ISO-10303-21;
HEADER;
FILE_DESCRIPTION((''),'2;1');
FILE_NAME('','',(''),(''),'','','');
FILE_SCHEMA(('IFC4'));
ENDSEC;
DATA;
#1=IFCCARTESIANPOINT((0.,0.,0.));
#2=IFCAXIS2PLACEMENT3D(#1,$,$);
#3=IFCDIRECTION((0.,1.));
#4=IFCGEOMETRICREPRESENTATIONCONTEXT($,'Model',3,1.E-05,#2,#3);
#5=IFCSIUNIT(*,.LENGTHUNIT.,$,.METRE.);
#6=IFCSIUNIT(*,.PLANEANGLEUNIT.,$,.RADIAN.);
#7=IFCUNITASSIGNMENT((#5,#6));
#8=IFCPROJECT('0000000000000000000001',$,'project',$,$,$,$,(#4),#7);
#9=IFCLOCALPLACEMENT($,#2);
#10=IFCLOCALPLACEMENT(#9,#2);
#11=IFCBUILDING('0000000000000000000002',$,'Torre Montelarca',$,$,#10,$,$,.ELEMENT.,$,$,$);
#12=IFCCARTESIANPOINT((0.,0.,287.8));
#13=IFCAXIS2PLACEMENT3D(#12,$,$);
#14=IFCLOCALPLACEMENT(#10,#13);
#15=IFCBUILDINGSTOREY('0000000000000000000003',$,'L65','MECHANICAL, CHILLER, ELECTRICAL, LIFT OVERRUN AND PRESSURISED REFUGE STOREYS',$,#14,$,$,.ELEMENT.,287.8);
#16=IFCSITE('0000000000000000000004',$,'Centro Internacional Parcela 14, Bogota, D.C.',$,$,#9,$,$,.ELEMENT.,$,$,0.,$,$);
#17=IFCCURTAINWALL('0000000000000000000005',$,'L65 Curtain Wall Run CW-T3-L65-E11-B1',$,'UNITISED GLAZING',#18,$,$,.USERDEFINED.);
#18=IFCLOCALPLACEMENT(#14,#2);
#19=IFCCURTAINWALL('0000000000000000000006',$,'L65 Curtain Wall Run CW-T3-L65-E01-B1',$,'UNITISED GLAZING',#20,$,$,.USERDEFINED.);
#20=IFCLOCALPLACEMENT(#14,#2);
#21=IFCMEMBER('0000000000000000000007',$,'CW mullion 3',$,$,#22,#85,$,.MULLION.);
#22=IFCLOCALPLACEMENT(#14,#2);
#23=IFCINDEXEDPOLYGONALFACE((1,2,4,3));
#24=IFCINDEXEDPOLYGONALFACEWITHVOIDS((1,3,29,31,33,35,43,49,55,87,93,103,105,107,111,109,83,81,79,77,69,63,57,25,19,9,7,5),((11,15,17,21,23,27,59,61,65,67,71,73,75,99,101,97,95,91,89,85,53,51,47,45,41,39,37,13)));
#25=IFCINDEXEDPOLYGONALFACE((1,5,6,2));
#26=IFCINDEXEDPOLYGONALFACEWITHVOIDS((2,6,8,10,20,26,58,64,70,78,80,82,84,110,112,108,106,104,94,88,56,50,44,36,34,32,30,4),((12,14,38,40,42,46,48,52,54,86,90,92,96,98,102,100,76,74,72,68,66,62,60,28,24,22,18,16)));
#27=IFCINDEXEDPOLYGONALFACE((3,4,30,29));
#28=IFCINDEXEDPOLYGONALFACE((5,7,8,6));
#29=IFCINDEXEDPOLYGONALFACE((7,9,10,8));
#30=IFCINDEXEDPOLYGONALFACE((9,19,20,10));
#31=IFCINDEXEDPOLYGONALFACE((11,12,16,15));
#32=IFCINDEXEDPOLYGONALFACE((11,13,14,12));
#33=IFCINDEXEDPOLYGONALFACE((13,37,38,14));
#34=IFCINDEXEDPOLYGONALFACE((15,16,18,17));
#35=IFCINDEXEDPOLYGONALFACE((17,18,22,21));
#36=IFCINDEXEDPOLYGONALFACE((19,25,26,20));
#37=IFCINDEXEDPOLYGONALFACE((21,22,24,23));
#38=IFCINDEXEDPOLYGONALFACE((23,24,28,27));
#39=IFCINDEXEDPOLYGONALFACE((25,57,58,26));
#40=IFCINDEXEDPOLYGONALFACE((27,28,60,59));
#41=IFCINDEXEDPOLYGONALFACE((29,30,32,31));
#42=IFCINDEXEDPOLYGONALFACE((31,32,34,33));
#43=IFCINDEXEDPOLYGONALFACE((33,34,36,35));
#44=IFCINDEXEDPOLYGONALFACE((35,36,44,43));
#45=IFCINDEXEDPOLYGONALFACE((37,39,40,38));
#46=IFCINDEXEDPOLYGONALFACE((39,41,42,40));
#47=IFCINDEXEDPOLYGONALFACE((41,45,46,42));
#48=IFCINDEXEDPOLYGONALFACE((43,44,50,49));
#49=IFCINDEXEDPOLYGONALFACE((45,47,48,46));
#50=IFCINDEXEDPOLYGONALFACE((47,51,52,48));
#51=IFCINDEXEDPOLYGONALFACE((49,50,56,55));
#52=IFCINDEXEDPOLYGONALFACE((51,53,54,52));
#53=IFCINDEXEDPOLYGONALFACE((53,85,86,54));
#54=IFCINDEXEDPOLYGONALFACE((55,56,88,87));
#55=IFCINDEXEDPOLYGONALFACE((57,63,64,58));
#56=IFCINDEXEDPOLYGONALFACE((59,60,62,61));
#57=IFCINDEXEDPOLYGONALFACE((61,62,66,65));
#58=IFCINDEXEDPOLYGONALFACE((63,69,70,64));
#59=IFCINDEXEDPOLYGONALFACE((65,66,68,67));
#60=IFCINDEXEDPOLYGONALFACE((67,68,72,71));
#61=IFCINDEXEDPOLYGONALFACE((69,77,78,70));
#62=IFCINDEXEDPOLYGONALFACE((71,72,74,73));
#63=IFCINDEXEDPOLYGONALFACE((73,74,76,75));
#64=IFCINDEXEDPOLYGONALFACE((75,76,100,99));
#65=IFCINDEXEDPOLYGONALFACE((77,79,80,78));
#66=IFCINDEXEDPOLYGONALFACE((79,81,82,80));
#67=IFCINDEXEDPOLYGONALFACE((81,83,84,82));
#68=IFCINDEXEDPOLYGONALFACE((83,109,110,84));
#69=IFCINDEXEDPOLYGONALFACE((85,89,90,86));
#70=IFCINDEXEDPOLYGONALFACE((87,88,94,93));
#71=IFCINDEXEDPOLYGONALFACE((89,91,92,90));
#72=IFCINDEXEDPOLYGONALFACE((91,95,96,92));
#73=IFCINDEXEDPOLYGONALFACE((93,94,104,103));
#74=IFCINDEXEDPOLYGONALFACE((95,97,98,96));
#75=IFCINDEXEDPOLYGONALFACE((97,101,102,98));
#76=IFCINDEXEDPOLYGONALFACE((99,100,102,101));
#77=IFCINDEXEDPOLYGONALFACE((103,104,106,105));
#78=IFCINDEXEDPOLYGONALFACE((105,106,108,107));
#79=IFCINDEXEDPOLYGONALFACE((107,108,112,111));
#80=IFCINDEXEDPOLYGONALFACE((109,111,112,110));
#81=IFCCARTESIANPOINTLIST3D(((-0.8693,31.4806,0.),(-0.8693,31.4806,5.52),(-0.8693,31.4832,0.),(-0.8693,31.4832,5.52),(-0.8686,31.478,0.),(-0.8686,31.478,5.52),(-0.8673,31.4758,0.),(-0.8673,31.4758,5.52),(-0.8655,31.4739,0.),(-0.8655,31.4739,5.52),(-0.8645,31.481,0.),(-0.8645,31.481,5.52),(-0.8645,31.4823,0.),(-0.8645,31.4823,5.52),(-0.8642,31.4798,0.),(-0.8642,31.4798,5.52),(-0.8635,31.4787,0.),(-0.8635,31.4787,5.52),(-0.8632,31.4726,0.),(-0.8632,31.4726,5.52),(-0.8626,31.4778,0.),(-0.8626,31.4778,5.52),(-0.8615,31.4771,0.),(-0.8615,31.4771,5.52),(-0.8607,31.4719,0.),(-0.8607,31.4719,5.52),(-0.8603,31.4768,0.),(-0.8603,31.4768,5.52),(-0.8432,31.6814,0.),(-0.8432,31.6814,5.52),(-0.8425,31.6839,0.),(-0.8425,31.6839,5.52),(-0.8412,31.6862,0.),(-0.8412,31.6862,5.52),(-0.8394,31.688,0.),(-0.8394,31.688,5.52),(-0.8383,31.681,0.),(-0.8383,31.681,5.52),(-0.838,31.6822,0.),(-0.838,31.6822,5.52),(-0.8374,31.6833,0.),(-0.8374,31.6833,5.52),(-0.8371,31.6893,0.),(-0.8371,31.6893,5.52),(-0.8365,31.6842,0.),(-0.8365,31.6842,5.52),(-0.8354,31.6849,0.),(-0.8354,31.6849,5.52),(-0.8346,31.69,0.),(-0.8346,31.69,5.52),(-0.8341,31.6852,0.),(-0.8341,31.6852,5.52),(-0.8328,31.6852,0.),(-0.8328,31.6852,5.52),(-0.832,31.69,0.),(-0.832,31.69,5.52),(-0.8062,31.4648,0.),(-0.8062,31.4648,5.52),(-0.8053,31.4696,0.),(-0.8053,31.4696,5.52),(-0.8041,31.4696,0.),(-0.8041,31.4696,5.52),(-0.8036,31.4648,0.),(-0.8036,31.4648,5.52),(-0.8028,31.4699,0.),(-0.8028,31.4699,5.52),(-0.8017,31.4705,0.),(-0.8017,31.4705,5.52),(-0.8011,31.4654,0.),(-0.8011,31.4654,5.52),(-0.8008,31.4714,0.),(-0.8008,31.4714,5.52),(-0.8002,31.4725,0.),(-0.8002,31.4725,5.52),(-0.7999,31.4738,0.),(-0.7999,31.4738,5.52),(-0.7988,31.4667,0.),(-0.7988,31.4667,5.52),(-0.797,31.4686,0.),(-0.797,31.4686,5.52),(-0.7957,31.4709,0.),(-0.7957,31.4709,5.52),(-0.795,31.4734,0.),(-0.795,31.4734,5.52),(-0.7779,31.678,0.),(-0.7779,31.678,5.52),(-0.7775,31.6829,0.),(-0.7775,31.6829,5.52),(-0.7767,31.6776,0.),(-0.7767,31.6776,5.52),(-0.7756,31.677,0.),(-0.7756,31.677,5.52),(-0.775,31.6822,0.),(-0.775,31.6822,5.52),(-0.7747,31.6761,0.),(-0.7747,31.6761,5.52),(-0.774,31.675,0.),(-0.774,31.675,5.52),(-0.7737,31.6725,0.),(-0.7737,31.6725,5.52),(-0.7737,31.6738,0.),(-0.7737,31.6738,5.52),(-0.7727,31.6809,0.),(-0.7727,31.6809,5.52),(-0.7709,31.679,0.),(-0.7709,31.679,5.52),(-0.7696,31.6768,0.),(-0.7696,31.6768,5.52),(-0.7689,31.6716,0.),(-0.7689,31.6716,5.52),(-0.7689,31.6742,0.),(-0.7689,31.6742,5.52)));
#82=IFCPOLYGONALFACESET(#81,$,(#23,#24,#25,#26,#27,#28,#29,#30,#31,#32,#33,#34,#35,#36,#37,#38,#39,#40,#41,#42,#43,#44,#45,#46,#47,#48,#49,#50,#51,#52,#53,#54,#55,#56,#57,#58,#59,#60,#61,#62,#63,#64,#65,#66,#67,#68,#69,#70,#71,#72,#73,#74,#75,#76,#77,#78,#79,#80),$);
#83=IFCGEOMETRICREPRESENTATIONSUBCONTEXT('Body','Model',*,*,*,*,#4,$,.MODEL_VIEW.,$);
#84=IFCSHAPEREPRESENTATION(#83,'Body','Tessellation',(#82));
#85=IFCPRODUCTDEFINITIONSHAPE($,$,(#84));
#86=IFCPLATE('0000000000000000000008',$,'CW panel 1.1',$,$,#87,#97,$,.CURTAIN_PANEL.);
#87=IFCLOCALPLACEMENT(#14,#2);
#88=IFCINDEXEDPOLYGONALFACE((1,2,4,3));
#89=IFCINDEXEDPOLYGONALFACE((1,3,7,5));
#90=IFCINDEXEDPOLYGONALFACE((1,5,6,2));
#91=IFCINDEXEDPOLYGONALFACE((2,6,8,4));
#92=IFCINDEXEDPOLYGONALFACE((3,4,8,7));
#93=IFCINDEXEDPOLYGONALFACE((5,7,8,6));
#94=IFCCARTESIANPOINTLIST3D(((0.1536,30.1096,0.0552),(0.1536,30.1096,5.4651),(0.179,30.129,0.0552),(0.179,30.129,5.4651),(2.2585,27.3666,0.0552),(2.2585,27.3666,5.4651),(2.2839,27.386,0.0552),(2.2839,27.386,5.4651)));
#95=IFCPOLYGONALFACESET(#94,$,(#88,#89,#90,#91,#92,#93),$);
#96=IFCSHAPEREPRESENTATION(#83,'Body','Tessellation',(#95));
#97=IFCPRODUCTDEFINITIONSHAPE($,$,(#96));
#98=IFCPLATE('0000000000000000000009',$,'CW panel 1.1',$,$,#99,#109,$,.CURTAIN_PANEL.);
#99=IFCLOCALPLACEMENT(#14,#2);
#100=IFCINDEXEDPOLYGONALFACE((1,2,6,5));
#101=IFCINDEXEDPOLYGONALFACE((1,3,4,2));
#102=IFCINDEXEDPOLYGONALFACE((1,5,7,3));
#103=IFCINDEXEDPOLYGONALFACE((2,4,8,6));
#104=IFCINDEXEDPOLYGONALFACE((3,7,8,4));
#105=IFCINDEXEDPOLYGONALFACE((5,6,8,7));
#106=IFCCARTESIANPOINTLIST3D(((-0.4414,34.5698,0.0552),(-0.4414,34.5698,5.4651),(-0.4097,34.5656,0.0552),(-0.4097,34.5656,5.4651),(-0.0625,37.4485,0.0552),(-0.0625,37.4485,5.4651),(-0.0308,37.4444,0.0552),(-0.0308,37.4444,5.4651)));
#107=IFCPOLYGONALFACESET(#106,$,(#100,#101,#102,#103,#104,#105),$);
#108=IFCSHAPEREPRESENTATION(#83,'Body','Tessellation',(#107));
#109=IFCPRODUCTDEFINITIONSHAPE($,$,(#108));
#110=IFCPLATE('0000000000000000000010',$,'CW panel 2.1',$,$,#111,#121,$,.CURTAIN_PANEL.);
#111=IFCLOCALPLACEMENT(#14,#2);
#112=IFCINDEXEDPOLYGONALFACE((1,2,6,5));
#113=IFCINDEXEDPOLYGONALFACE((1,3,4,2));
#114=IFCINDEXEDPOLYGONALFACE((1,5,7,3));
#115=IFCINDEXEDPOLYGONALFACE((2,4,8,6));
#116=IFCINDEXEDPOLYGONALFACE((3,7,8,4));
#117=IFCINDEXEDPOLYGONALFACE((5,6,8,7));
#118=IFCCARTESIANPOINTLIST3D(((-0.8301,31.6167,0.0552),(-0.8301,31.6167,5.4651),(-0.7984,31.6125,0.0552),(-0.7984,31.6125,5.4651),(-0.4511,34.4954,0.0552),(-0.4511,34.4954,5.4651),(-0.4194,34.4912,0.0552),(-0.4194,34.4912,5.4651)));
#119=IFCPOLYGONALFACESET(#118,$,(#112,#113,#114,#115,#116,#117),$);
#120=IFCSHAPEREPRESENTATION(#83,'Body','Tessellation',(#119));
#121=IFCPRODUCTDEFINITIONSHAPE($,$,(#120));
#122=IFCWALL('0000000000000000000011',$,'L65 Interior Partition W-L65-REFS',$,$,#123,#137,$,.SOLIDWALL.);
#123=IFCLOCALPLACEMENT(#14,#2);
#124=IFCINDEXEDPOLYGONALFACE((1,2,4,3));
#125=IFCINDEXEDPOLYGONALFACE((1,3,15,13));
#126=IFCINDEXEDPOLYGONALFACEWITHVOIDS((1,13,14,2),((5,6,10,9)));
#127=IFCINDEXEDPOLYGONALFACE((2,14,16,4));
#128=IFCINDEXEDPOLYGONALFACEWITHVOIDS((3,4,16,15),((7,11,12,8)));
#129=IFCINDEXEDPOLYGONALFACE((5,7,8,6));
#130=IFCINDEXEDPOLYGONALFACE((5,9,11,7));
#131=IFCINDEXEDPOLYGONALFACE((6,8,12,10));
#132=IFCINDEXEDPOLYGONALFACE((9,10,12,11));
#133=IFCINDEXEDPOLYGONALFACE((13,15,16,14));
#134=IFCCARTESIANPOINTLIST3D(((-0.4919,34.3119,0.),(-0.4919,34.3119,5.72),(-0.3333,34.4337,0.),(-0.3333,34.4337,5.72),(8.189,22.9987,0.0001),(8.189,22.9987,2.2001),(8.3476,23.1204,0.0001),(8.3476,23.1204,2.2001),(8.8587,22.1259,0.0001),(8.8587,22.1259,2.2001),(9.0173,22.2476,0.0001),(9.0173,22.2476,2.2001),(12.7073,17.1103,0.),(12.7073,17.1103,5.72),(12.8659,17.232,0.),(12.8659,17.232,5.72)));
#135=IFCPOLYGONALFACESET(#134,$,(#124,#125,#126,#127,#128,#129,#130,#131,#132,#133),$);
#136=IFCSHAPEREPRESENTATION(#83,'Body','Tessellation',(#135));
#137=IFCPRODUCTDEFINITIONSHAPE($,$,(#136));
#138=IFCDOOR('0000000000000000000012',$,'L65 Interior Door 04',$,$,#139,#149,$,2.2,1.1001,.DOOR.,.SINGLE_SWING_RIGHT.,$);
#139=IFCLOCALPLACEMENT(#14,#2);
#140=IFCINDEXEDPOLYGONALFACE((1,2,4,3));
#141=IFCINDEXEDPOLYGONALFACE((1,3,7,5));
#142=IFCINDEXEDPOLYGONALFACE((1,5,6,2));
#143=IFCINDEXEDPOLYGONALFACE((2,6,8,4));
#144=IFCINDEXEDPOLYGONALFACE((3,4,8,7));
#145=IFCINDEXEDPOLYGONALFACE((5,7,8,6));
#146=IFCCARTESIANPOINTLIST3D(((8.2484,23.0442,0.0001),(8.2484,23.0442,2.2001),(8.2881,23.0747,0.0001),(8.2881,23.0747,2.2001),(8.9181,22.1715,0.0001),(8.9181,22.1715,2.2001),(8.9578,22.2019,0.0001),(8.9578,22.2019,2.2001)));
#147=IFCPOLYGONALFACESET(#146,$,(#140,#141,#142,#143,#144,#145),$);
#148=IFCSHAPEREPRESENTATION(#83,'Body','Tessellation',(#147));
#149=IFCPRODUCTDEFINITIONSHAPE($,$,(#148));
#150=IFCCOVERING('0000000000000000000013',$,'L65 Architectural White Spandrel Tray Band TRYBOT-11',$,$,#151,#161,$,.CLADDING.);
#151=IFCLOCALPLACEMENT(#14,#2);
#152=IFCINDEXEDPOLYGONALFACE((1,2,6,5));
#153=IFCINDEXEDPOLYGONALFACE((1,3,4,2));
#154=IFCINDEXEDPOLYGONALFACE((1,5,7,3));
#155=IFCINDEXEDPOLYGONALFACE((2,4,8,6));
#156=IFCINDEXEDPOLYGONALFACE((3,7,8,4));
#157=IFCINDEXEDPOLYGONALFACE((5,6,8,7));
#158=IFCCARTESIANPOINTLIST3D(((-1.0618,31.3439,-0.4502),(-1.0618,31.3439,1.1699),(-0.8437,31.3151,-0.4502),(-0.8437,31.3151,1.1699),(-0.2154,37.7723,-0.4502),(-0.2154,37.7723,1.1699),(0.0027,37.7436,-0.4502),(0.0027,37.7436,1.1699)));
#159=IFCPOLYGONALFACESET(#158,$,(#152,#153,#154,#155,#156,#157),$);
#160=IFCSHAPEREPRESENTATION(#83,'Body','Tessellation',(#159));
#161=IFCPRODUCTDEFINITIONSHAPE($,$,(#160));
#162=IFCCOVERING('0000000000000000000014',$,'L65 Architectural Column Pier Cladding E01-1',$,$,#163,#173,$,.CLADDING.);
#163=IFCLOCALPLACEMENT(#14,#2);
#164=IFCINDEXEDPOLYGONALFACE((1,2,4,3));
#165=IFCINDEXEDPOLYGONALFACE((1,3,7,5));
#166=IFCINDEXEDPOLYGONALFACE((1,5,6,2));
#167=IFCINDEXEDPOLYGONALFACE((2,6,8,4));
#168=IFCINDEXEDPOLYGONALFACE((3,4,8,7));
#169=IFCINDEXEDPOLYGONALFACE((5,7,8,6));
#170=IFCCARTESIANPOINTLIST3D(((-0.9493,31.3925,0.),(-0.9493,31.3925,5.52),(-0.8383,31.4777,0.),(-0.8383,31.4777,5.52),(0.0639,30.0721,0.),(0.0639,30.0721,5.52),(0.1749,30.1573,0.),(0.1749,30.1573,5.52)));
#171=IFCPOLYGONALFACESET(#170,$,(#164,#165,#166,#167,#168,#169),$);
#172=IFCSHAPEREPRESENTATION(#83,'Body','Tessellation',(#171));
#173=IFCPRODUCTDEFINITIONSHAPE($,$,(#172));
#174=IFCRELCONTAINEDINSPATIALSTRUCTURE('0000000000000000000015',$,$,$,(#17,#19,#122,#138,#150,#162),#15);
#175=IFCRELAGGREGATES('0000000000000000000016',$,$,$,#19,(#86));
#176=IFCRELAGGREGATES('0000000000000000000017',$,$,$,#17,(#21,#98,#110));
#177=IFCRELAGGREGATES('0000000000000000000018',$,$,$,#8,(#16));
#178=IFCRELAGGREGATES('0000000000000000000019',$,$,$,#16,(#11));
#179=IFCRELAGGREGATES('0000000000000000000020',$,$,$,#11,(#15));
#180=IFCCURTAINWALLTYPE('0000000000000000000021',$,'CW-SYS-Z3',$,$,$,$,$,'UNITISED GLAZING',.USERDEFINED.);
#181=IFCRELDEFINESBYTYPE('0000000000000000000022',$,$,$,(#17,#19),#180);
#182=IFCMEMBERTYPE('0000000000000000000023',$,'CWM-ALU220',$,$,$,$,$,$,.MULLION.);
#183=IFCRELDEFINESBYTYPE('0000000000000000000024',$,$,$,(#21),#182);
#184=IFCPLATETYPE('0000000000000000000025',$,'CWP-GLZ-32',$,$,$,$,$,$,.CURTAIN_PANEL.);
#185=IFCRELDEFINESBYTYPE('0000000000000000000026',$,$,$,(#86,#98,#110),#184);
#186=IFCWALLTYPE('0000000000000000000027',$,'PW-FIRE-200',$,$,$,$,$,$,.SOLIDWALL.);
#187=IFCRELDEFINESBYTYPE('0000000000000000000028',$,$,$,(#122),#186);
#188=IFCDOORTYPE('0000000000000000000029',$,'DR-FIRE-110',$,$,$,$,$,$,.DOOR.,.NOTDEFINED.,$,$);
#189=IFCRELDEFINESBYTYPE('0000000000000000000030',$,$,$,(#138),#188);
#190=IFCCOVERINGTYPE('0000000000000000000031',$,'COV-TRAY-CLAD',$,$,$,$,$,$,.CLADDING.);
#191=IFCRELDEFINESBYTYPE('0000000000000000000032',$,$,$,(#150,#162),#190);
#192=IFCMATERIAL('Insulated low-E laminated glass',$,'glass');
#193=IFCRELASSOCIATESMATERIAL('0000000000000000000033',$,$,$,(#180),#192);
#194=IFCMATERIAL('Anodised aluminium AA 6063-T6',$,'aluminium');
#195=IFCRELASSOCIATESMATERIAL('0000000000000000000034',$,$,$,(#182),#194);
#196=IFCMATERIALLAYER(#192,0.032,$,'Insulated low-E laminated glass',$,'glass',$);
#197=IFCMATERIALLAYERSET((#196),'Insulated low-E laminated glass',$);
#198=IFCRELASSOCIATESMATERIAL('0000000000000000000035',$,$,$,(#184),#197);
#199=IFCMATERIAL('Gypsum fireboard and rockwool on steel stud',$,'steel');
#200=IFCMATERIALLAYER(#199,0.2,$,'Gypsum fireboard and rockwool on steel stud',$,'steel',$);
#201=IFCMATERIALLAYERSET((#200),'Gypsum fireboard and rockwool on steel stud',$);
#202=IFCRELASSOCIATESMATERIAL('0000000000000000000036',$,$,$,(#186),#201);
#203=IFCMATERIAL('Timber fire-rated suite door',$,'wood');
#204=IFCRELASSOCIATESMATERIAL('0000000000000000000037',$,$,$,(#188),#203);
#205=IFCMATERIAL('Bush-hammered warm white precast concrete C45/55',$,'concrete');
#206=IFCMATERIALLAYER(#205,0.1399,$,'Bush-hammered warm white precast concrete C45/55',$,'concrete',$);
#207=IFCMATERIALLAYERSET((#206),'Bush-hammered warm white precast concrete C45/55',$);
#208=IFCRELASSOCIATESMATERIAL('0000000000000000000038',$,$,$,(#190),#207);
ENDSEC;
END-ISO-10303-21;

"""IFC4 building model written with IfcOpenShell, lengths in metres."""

from ifc_helpers import new_model, si_unit, direction, frame, frame_2d, origin, origin_2d, place, context, subcontext, project, spatial, rectangle, hollow_rectangle, extrude, source, transform, mapped, material, layer, layer_set, material_profile, profile_set, type_object, element, fill, aggregate, save


model = new_model("IFC4")

# Units and contexts
model_context = context("Model", 3, precision=1e-05, world=origin(), true_north=direction((0.0, 1.0)))
body_context = subcontext(model_context, "Body", "Model", "MODEL_VIEW")
ifc_project = project(units=[si_unit("LENGTHUNIT", "METRE"), si_unit("PLANEANGLEUNIT", "RADIAN")], contexts=[model_context])

# Site, building, storey
site_placement = place(None, origin())
site = spatial("IfcSite", under=ifc_project, at=site_placement, Name="Centro Internacional Parcela 14, Bogota, D.C.", CompositionType="ELEMENT", RefElevation=0.0)
building_placement = place(site_placement, origin())
building = spatial("IfcBuilding", under=site, at=building_placement, Name="Torre Montelarca", CompositionType="ELEMENT")
storey_placement = place(building_placement, frame((0.0, 0.0, 287.8)))
storey = spatial("IfcBuildingStorey", under=building, at=storey_placement, Name="L65", Description="MECHANICAL, CHILLER, ELECTRICAL, LIFT OVERRUN AND PRESSURISED REFUGE STOREYS", CompositionType="ELEMENT", Elevation=287.8)

# Curtain walls
ifc_material_1 = material(Name="Insulated low-E laminated glass", Category="glass")
curtain_wall_type = type_object("IfcCurtainWallType", Name="CW-SYS-Z3", ElementType="UNITISED GLAZING", PredefinedType="USERDEFINED", material=ifc_material_1)
curtain_wall_1_placement = place(storey_placement, origin())
curtain_wall_1 = element("IfcCurtainWall", 1, at=curtain_wall_1_placement, inside=storey, type_object=curtain_wall_type, Name="L65 Curtain Wall Run CW-T3-L65-E11-B1", ObjectType="UNITISED GLAZING", PredefinedType="USERDEFINED")
ifc_material_2 = material(Name="Anodised aluminium AA 6063-T6", Category="aluminium")
curtain_wall_2_placement = place(storey_placement, origin())
curtain_wall_2 = element("IfcCurtainWall", 2, at=curtain_wall_2_placement, inside=storey, type_object=curtain_wall_type, Name="L65 Curtain Wall Run CW-T3-L65-E01-B1", ObjectType="UNITISED GLAZING", PredefinedType="USERDEFINED")
ifc_material_profile_1 = material_profile(ifc_material_2, hollow_rectangle(XDim=0.075, YDim=0.22, WallThickness=0.0049, InnerFilletRadius=0.0049, OuterFilletRadius=0.01, at=origin_2d()), Name="ALU75X220X5", Category="aluminium")
ifc_profile_set_1 = profile_set([ifc_material_profile_1], Name="Anodised aluminium AA 6063-T6")
member_type_1 = type_object("IfcMemberType", Name="CWM-ALU220", PredefinedType="MULLION", material=ifc_profile_set_1)
shared_shape_1 = source(origin(), body_context, "Body", "SweptSolid", [
    extrude(hollow_rectangle(XDim=0.075, YDim=0.22, WallThickness=0.0049, InnerFilletRadius=0.0049, OuterFilletRadius=0.01, at=origin_2d()), origin(), (0.0, 0.0, 1.0), 5.52),
])

# Member
member_1_placement = place(storey_placement, frame((-0.8191, 31.5774, 0.0), z_axis=(0.0, 0.0, 1.0), x_axis=(0.991446, -0.130514, 0.0)))
member_1 = element("IfcMember", 3, at=member_1_placement, type_object=member_type_1, Name="CW mullion 3", PredefinedType="MULLION", context=body_context, shape_type="MappedRepresentation", body=[
    mapped(shared_shape_1, transform((0.0, 0.0, 0.0), scale=1.0)),
])

# Plates
ifc_layer_1 = layer(ifc_material_1, 0.032, Name="Insulated low-E laminated glass", Category="glass")
ifc_layer_set_1 = layer_set([ifc_layer_1], Name="Insulated low-E laminated glass")
plate_type = type_object("IfcPlateType", Name="CWP-GLZ-32", PredefinedType="CURTAIN_PANEL", material=ifc_layer_set_1)
shared_shape_2 = source(origin(), body_context, "Body", "SweptSolid", [
    extrude(rectangle(XDim=3.4575, YDim=0.032, at=origin_2d()), origin(), (0.0, 0.0, 1.0), 5.4099),
])
plate_1_placement = place(storey_placement, frame((1.2188, 28.7478, 0.0552), z_axis=(0.0, 0.0, 1.0), x_axis=(0.608768, -0.793348, 0.0)))
plate_1 = element("IfcPlate", 4, at=plate_1_placement, type_object=plate_type, Name="CW panel 1.1", PredefinedType="CURTAIN_PANEL", context=body_context, shape_type="MappedRepresentation", body=[
    mapped(shared_shape_2, transform((0.0, 0.0, 0.0), scale=1.0)),
])
aggregate(curtain_wall_2, [plate_1])
shared_shape_3 = source(origin(), body_context, "Body", "SweptSolid", [
    extrude(rectangle(XDim=2.9036, YDim=0.032, at=origin_2d()), origin(), (0.0, 0.0, 1.0), 5.4099),
])
plate_2_placement = place(storey_placement, frame((-0.2361, 36.0071, 0.0552), z_axis=(0.0, 0.0, 1.0), x_axis=(-0.130514, -0.991446, 0.0)))
plate_2 = element("IfcPlate", 5, at=plate_2_placement, type_object=plate_type, Name="CW panel 1.1", PredefinedType="CURTAIN_PANEL", context=body_context, shape_type="MappedRepresentation", body=[
    mapped(shared_shape_3, transform((0.0, 0.0, 0.0), scale=1.0)),
])
plate_3_placement = place(storey_placement, frame((-0.6248, 33.054, 0.0552), z_axis=(0.0, 0.0, 1.0), x_axis=(-0.130514, -0.991446, 0.0)))
plate_3 = element("IfcPlate", 6, at=plate_3_placement, type_object=plate_type, Name="CW panel 2.1", PredefinedType="CURTAIN_PANEL", context=body_context, shape_type="MappedRepresentation", body=[
    mapped(shared_shape_3, transform((0.0, 0.0, 0.0), scale=1.0)),
])
aggregate(curtain_wall_1, [member_1, plate_2, plate_3])

# Wall, opening, door
ifc_material_3 = material(Name="Gypsum fireboard and rockwool on steel stud", Category="steel")
ifc_layer_2 = layer(ifc_material_3, 0.2, Name="Gypsum fireboard and rockwool on steel stud", Category="steel")
ifc_layer_set_2 = layer_set([ifc_layer_2], Name="Gypsum fireboard and rockwool on steel stud")
wall_type = type_object("IfcWallType", Name="PW-FIRE-200", PredefinedType="SOLIDWALL", material=ifc_layer_set_2)
wall_placement = place(storey_placement, frame((-0.4126, 34.3728, 0.0), z_axis=(0.0, 0.0, 1.0), x_axis=(0.608759, -0.793355, 0.0)))
wall = element("IfcWall", 7, at=wall_placement, inside=storey, type_object=wall_type, Name="L65 Interior Partition W-L65-REFS", PredefinedType="SOLIDWALL", context=body_context, shape_type="SweptSolid", body=[
    extrude(rectangle(XDim=21.6821, YDim=0.2, at=frame_2d((10.8411, 0.0))), origin(), (0.0, 0.0, 1.0), 5.72),
])
opening_placement = place(wall_placement, frame((14.26, 0.0, 0.0)))
opening = element("IfcOpeningElement", 8, at=opening_placement, cuts=wall, PredefinedType="OPENING", context=body_context, shape_type="SweptSolid", body=[
    extrude(rectangle(XDim=1.1001, YDim=2.2, at=frame_2d((0.55, 1.1001))), frame((0.0, 0.1099, 0.0), z_axis=(0.0, -1.0, 0.0), x_axis=(1.0, 0.0, 0.0)), (0.0, 0.0, 1.0), 0.22),
])
ifc_material_4 = material(Name="Timber fire-rated suite door", Category="wood")
door_type = type_object("IfcDoorType", Name="DR-FIRE-110", OperationType="NOTDEFINED", PredefinedType="DOOR", material=ifc_material_4)
shared_shape_4 = source(origin(), body_context, "Body", "SweptSolid", [
    extrude(rectangle(XDim=1.1001, YDim=2.2, at=frame_2d((0.55, 1.1001))), frame((0.0, 0.0249, 0.0), z_axis=(0.0, -1.0, 0.0), x_axis=(1.0, 0.0, 0.0)), (0.0, 0.0, 1.0), 0.05),
])
door_placement = place(opening_placement, origin())
door = element("IfcDoor", 9, at=door_placement, inside=storey, type_object=door_type, Name="L65 Interior Door 04", OperationType="SINGLE_SWING_RIGHT", OverallHeight=2.2, OverallWidth=1.1001, PredefinedType="DOOR", context=body_context, shape_type="MappedRepresentation", body=[
    mapped(shared_shape_4, transform((0.0, 0.0, 0.0), scale=1.0)),
])
fill(opening, door)

# Coverings
ifc_material_5 = material(Name="Bush-hammered warm white precast concrete C45/55", Category="concrete")
ifc_layer_3 = layer(ifc_material_5, 0.1399, Name="Bush-hammered warm white precast concrete C45/55", Category="concrete")
ifc_layer_set_3 = layer_set([ifc_layer_3], Name="Bush-hammered warm white precast concrete C45/55")
covering_type = type_object("IfcCoveringType", Name="COV-TRAY-CLAD", PredefinedType="CLADDING", material=ifc_layer_set_3)
shared_shape_5 = source(origin(), body_context, "Body", "SweptSolid", [
    extrude(rectangle(XDim=6.4839, YDim=0.22, at=origin_2d()), origin(), (0.0, 0.0, 1.0), 1.6201),
])
covering_1_placement = place(storey_placement, frame((-0.5295, 34.5437, -0.4502), z_axis=(0.0, 0.0, 1.0), x_axis=(-0.130531, -0.991444, 0.0)))
element("IfcCovering", 10, at=covering_1_placement, inside=storey, type_object=covering_type, Name="L65 Architectural White Spandrel Tray Band TRYBOT-11", PredefinedType="CLADDING", context=body_context, shape_type="MappedRepresentation", body=[
    mapped(shared_shape_5, transform((0.0, 0.0, 0.0), scale=1.0)),
])
shared_shape_6 = source(origin(), body_context, "Body", "SweptSolid", [
    extrude(rectangle(XDim=1.6643, YDim=0.1399, at=origin_2d()), origin(), (0.0, 0.0, 1.0), 5.52),
])
covering_2_placement = place(storey_placement, frame((-0.3872, 30.7749, 0.0), z_axis=(0.0, 0.0, 1.0), x_axis=(0.608766, -0.79335, 0.0)))
element("IfcCovering", 11, at=covering_2_placement, inside=storey, type_object=covering_type, Name="L65 Architectural Column Pier Cladding E01-1", PredefinedType="CLADDING", context=body_context, shape_type="MappedRepresentation", body=[
    mapped(shared_shape_6, transform((0.0, 0.0, 0.0), scale=1.0)),
])

save(model, "model.ifc")
